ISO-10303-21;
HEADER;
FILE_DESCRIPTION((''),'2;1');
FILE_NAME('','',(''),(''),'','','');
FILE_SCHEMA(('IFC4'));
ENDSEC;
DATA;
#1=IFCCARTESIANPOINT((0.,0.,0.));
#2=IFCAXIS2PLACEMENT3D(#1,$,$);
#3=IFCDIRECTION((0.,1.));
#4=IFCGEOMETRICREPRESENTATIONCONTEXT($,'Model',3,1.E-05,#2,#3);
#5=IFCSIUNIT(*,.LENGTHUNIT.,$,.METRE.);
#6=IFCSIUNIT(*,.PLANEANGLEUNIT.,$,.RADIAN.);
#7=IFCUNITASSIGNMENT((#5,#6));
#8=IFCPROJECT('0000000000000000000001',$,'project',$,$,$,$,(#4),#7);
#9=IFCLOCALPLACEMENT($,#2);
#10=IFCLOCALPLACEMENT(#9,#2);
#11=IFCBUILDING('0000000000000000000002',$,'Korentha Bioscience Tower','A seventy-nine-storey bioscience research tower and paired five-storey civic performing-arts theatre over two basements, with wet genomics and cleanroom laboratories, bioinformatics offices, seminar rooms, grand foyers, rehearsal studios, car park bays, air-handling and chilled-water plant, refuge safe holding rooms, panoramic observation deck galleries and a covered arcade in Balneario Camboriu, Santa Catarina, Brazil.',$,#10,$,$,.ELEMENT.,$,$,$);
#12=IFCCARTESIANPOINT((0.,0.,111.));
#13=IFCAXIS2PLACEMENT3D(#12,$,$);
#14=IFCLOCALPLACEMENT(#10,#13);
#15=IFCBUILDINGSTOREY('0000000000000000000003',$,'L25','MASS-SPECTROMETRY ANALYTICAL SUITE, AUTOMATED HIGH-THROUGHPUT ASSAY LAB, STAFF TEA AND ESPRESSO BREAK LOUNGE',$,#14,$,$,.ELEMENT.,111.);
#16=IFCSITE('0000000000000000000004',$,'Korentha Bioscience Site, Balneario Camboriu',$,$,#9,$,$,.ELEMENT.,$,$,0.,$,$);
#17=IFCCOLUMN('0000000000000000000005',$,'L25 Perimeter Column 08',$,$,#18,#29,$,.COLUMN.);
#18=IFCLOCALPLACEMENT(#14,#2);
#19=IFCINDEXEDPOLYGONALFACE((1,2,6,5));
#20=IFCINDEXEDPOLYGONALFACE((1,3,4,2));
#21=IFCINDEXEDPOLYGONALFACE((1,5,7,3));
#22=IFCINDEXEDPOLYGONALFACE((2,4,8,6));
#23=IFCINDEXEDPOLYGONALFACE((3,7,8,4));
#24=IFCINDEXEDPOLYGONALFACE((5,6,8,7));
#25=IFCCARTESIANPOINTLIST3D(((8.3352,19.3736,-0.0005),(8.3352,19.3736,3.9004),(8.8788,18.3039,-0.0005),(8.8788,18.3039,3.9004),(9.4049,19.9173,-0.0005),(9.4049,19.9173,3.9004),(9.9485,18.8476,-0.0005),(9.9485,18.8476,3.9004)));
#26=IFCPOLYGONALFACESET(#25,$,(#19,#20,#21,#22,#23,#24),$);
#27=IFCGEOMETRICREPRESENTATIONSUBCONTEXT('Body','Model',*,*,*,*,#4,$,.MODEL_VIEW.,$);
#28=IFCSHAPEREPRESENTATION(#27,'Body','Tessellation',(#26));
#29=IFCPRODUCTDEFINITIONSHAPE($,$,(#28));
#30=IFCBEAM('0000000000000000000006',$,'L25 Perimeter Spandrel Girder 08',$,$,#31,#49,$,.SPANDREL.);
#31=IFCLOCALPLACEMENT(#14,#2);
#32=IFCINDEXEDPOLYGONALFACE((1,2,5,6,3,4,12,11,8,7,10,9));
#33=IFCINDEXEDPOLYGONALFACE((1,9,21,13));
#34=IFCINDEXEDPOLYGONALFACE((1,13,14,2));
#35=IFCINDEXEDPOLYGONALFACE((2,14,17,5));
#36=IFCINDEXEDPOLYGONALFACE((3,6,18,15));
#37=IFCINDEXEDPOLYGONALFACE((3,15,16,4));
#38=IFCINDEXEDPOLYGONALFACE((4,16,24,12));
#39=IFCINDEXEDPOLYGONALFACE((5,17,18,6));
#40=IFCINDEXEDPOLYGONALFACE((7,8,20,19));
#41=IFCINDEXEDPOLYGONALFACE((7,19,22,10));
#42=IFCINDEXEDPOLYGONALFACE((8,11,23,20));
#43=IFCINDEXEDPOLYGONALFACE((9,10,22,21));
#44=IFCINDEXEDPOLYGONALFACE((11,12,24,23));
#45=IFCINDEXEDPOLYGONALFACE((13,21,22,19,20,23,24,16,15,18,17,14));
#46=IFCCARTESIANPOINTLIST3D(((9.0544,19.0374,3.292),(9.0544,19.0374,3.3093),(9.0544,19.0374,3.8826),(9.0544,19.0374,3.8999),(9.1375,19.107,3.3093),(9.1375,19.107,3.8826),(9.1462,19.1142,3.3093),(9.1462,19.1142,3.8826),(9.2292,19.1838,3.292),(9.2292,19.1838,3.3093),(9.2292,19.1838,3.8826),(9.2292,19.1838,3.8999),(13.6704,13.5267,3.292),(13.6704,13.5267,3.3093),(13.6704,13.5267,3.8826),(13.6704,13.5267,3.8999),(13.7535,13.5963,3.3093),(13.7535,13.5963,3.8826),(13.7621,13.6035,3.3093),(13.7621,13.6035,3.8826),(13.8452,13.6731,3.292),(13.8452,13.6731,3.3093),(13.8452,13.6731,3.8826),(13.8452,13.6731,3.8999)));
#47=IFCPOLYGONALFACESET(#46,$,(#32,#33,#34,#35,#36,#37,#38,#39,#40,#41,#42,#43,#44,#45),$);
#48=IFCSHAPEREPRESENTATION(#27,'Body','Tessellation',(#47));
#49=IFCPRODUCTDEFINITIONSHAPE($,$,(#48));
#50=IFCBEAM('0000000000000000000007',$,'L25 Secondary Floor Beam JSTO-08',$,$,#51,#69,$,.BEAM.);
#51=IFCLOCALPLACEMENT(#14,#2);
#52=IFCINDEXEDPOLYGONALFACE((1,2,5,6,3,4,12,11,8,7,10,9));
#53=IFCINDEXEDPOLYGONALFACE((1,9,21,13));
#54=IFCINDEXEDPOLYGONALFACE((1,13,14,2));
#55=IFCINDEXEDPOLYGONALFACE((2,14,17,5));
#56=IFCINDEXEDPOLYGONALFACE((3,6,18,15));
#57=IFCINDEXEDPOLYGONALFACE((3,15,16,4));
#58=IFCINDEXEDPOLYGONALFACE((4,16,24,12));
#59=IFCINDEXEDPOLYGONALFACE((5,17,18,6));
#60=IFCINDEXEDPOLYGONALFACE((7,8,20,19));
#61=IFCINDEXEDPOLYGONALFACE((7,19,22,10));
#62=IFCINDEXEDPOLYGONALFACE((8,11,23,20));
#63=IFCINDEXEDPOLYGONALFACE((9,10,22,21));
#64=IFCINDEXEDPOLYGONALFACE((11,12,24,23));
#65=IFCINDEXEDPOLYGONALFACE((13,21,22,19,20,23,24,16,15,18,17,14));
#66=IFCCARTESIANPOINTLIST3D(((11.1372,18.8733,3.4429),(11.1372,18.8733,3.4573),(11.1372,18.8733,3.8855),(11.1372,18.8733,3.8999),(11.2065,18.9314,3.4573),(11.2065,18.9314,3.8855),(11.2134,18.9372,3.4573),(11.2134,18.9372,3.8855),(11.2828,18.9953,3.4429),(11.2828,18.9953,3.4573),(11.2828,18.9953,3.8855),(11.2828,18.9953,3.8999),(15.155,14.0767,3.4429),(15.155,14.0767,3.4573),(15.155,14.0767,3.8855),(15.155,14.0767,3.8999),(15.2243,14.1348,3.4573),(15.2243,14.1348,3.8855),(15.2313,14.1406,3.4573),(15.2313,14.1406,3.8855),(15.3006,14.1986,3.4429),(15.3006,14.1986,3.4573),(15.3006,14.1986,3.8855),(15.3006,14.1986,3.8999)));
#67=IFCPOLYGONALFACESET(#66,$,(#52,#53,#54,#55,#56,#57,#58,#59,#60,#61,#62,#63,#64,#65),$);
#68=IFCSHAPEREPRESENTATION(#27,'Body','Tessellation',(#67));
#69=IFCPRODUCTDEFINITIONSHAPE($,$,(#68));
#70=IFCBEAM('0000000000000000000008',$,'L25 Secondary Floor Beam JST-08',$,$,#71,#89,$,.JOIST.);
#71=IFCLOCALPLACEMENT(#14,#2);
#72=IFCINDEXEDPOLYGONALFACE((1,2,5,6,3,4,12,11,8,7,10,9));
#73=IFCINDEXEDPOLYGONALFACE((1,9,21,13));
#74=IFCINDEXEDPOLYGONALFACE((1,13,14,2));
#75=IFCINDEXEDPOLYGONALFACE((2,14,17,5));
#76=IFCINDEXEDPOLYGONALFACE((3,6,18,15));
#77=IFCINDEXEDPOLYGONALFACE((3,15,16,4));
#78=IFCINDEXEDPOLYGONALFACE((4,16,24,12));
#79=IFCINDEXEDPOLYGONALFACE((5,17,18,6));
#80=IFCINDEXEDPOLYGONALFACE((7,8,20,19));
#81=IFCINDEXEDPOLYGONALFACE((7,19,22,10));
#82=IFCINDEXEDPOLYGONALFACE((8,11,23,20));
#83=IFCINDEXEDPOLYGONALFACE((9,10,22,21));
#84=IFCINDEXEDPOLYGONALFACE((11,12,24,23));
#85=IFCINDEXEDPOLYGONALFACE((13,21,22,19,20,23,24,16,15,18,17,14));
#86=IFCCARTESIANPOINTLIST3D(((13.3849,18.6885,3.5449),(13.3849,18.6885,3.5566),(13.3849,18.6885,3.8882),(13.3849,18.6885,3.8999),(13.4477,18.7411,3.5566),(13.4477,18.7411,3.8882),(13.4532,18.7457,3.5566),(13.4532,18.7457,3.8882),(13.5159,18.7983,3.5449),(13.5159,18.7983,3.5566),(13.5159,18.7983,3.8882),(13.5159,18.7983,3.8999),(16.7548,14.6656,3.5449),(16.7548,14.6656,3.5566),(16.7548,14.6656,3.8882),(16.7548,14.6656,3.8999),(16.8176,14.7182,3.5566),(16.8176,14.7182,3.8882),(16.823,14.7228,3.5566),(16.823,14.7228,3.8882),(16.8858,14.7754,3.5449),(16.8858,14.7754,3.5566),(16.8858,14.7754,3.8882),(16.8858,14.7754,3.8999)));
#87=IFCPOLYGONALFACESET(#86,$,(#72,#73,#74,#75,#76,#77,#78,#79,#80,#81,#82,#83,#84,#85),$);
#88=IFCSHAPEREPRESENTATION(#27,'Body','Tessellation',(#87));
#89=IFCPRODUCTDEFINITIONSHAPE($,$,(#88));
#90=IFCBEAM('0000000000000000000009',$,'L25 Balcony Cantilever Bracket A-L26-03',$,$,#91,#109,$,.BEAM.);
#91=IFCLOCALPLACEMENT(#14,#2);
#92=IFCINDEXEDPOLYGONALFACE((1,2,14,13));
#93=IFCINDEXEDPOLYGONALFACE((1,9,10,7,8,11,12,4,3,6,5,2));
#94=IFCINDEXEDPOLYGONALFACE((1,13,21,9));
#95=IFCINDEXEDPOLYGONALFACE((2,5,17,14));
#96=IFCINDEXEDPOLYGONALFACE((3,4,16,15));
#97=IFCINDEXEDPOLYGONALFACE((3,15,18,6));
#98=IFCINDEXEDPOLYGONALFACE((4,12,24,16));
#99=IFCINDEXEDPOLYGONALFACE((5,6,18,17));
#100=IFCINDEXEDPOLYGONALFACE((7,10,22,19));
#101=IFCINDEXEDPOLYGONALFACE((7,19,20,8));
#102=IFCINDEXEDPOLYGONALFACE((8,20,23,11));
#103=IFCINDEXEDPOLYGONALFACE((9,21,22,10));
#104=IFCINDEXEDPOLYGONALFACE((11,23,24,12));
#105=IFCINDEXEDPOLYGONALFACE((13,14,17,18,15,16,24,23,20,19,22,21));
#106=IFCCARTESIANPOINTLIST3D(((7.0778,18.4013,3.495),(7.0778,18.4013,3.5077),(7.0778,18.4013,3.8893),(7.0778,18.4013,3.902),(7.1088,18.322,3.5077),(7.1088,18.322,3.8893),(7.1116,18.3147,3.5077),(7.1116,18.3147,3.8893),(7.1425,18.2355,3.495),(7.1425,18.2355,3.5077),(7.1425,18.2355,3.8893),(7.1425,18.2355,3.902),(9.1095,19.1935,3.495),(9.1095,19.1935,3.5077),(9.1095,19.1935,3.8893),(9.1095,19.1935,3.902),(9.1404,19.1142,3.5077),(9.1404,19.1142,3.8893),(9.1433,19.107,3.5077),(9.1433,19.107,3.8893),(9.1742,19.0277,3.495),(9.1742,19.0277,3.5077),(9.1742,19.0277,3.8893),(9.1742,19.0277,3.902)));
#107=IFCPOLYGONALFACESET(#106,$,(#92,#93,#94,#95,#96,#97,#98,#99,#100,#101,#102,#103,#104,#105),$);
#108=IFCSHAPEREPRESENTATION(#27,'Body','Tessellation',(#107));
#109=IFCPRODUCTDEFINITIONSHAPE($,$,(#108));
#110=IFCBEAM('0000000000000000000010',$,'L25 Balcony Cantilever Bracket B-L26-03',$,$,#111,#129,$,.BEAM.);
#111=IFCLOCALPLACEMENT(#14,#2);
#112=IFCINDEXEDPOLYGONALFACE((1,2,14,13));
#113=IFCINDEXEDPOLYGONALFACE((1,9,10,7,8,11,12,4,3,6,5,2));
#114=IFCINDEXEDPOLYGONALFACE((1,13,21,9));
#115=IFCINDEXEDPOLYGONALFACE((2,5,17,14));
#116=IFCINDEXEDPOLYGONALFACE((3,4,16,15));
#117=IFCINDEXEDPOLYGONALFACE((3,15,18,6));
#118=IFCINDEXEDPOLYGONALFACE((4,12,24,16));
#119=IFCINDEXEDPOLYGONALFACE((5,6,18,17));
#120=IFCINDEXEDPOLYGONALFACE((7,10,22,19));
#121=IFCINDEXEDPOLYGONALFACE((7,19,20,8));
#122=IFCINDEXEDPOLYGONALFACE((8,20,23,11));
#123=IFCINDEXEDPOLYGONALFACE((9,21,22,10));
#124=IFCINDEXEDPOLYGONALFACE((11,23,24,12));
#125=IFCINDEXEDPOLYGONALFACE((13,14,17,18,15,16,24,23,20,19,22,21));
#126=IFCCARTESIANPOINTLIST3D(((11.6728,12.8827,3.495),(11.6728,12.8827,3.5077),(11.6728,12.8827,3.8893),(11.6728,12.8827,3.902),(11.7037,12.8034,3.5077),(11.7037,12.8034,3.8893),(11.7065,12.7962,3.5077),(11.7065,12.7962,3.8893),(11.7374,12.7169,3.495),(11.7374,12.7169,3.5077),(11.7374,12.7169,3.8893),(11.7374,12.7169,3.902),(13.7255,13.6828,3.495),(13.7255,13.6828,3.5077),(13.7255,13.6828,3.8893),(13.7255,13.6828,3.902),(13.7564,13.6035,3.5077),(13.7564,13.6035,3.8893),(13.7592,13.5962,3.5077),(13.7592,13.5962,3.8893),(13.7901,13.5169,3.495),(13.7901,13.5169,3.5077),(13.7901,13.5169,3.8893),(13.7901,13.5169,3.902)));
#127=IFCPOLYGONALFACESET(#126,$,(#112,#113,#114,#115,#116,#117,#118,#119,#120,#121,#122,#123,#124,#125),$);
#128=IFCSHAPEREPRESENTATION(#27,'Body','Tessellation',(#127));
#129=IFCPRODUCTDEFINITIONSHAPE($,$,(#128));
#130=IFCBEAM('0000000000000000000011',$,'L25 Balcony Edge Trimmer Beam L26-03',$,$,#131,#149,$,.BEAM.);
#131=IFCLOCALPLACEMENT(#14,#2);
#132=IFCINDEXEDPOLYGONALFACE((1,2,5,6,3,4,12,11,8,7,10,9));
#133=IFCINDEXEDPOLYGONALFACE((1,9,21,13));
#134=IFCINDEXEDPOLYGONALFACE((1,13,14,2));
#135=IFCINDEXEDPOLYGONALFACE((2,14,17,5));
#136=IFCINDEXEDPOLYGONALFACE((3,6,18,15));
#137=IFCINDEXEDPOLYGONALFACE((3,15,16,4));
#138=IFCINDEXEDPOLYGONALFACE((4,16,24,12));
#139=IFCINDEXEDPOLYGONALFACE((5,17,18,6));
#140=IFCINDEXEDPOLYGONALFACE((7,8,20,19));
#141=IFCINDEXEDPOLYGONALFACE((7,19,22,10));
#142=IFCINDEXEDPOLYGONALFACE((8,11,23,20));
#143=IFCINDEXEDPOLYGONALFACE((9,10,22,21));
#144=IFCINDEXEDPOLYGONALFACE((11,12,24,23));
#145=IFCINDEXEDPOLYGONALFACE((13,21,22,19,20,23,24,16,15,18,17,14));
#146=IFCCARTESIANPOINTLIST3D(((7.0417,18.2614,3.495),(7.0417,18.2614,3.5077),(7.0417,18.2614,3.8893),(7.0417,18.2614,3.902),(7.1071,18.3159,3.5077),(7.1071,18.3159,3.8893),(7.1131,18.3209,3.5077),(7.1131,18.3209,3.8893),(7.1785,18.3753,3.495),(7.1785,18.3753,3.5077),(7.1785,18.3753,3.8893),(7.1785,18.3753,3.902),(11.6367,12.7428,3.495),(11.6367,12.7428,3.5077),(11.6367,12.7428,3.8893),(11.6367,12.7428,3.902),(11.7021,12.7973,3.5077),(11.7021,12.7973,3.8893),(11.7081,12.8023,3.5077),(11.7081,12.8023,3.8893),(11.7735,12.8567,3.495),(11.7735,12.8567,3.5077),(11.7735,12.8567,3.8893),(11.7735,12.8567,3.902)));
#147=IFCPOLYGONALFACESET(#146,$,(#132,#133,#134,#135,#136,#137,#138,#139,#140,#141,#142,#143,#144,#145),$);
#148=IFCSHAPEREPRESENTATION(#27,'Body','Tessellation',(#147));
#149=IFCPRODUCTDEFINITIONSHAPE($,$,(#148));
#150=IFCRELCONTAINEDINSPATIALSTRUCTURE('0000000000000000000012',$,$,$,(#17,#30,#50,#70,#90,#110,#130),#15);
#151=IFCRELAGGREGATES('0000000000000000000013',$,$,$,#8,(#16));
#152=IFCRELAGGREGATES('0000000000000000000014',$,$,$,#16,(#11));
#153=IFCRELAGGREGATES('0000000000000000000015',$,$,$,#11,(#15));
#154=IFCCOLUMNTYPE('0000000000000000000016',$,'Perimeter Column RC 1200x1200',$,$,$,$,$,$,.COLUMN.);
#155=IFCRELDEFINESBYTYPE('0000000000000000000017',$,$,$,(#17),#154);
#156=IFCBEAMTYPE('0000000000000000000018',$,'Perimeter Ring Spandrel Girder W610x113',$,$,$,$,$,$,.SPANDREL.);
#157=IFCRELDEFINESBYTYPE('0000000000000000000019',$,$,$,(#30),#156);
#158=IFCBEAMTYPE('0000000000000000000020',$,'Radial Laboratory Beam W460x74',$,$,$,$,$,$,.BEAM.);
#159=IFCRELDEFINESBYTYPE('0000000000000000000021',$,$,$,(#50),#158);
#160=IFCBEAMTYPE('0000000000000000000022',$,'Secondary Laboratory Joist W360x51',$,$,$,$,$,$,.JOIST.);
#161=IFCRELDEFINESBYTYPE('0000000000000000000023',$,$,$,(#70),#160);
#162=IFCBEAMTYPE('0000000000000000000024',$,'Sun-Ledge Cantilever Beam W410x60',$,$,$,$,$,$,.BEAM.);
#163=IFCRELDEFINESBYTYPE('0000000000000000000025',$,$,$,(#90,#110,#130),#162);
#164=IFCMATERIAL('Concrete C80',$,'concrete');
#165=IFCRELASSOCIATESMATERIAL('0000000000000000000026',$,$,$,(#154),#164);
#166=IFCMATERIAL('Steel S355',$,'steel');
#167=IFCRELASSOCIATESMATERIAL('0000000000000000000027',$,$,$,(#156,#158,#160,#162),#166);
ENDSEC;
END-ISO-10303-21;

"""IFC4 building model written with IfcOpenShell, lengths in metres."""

from ifc_helpers import new_model, si_unit, direction, frame, origin, origin_2d, place, context, subcontext, project, spatial, rectangle, i_section, extrude, material, material_profile, profile_set, type_object, element, save


model = new_model("IFC4")

# Units and contexts
model_context = context("Model", 3, precision=1e-05, world=origin(), true_north=direction((0.0, 1.0)))
body_context = subcontext(model_context, "Body", "Model", "MODEL_VIEW")
ifc_project = project(units=[si_unit("LENGTHUNIT", "METRE"), si_unit("PLANEANGLEUNIT", "RADIAN")], contexts=[model_context])

# Site, building, storey
site_placement = place(None, origin())
site = spatial("IfcSite", under=ifc_project, at=site_placement, Name="Korentha Bioscience Site, Balneario Camboriu", CompositionType="ELEMENT", RefElevation=0.0)
building_placement = place(site_placement, origin())
building = spatial("IfcBuilding", under=site, at=building_placement, Name="Korentha Bioscience Tower", Description="A seventy-nine-storey bioscience research tower and paired five-storey civic performing-arts theatre over two basements, with wet genomics and cleanroom laboratories, bioinformatics offices, seminar rooms, grand foyers, rehearsal studios, car park bays, air-handling and chilled-water plant, refuge safe holding rooms, panoramic observation deck galleries and a covered arcade in Balneario Camboriu, Santa Catarina, Brazil.", CompositionType="ELEMENT")
storey_placement = place(building_placement, frame((0.0, 0.0, 111.0)))
storey = spatial("IfcBuildingStorey", under=building, at=storey_placement, Name="L25", Description="MASS-SPECTROMETRY ANALYTICAL SUITE, AUTOMATED HIGH-THROUGHPUT ASSAY LAB, STAFF TEA AND ESPRESSO BREAK LOUNGE", CompositionType="ELEMENT", Elevation=111.0)

# Column
ifc_material_1 = material(Name="Concrete C80", Category="concrete")
ifc_material_profile_1 = material_profile(ifc_material_1, rectangle(XDim=1.2, YDim=1.2, at=origin_2d()), Name="Concrete C80")
ifc_profile_set_1 = profile_set([ifc_material_profile_1], Name="Concrete C80 (COL-P12)")
column_type = type_object("IfcColumnType", Name="Perimeter Column RC 1200x1200", PredefinedType="COLUMN", material=ifc_profile_set_1)
column_placement = place(storey_placement, frame((9.1418, 19.1106, -0.0005), z_axis=(0.0, 0.0, 1.0), x_axis=(-0.453057, 0.891481, 0.0)))
element("IfcColumn", 1, at=column_placement, inside=storey, type_object=column_type, Name="L25 Perimeter Column 08", PredefinedType="COLUMN", context=body_context, shape_type="SweptSolid", body=[
    extrude(rectangle(XDim=1.2, YDim=1.2, at=origin_2d()), origin(), (0.0, 0.0, 1.0), 3.9009),
])

# Beams
ifc_material_2 = material(Name="Steel S355", Category="steel")
ifc_material_profile_2 = material_profile(ifc_material_2, i_section(OverallWidth=0.228, OverallDepth=0.6079, WebThickness=0.0112, FlangeThickness=0.0173, at=origin_2d()), Name="Steel S355")
ifc_profile_set_2 = profile_set([ifc_material_profile_2], Name="Steel S355 (SB-610)")
beam_type_1 = type_object("IfcBeamType", Name="Perimeter Ring Spandrel Girder W610x113", PredefinedType="SPANDREL", material=ifc_profile_set_2)
beam_1_placement = place(storey_placement, frame((9.1418, 19.1106, 3.5959), z_axis=(0.642127, -0.766599, 0.0), x_axis=(0.766599, 0.642127, 0.0)))
element("IfcBeam", 2, at=beam_1_placement, inside=storey, type_object=beam_type_1, Name="L25 Perimeter Spandrel Girder 08", PredefinedType="SPANDREL", context=body_context, shape_type="SweptSolid", body=[
    extrude(i_section(OverallWidth=0.228, OverallDepth=0.6079, WebThickness=0.0112, FlangeThickness=0.0173, at=origin_2d()), origin(), (0.0, 0.0, 1.0), 7.1885),
])
ifc_material_profile_3 = material_profile(ifc_material_2, i_section(OverallWidth=0.1899, OverallDepth=0.457, WebThickness=0.009, FlangeThickness=0.0144, at=origin_2d()), Name="Steel S355")
ifc_profile_set_3 = profile_set([ifc_material_profile_3], Name="Steel S355 (RB-460)")
beam_type_2 = type_object("IfcBeamType", Name="Radial Laboratory Beam W460x74", PredefinedType="BEAM", material=ifc_profile_set_3)
beam_2_placement = place(storey_placement, frame((11.21, 18.9343, 3.6714), z_axis=(0.642128, -0.766597, 0.0), x_axis=(0.766597, 0.642128, 0.0)))
element("IfcBeam", 3, at=beam_2_placement, inside=storey, type_object=beam_type_2, Name="L25 Secondary Floor Beam JSTO-08", PredefinedType="BEAM", context=body_context, shape_type="SweptSolid", body=[
    extrude(i_section(OverallWidth=0.1899, OverallDepth=0.457, WebThickness=0.009, FlangeThickness=0.0144, at=origin_2d()), origin(), (0.0, 0.0, 1.0), 6.2571),
])
ifc_material_profile_4 = material_profile(ifc_material_2, i_section(OverallWidth=0.1709, OverallDepth=0.355, WebThickness=0.0071, FlangeThickness=0.0117, at=origin_2d()), Name="Steel S355")
ifc_profile_set_4 = profile_set([ifc_material_profile_4], Name="Steel S355 (JB-360)")
beam_type_3 = type_object("IfcBeamType", Name="Secondary Laboratory Joist W360x51", PredefinedType="JOIST", material=ifc_profile_set_4)
beam_3_placement = place(storey_placement, frame((13.4504, 18.7434, 3.7224), z_axis=(0.642141, -0.766587, 0.0), x_axis=(0.766587, 0.642141, 0.0)))
element("IfcBeam", 4, at=beam_3_placement, inside=storey, type_object=beam_type_3, Name="L25 Secondary Floor Beam JST-08", PredefinedType="JOIST", context=body_context, shape_type="SweptSolid", body=[
    extrude(i_section(OverallWidth=0.1709, OverallDepth=0.355, WebThickness=0.0071, FlangeThickness=0.0117, at=origin_2d()), origin(), (0.0, 0.0, 1.0), 5.2478),
])
ifc_material_profile_5 = material_profile(ifc_material_2, i_section(OverallWidth=0.178, OverallDepth=0.407, WebThickness=0.0078, FlangeThickness=0.0127, at=origin_2d()), Name="Steel S355")
ifc_profile_set_5 = profile_set([ifc_material_profile_5], Name="Steel S355 (CB-410)")
beam_type_4 = type_object("IfcBeamType", Name="Sun-Ledge Cantilever Beam W410x60", PredefinedType="BEAM", material=ifc_profile_set_5)
beam_4_placement = place(storey_placement, frame((9.1418, 19.1106, 3.6985), z_axis=(-0.931677, -0.363289, 0.0), x_axis=(0.363289, -0.931677, 0.0)))
element("IfcBeam", 5, at=beam_4_placement, inside=storey, type_object=beam_type_4, Name="L25 Balcony Cantilever Bracket A-L26-03", PredefinedType="BEAM", context=body_context, shape_type="SweptSolid", body=[
    extrude(i_section(OverallWidth=0.178, OverallDepth=0.407, WebThickness=0.0078, FlangeThickness=0.0127, at=origin_2d()), origin(), (0.0, 0.0, 1.0), 2.1807),
])
beam_5_placement = place(storey_placement, frame((13.7578, 13.5999, 3.6985), z_axis=(-0.931734, -0.363141, 0.0), x_axis=(0.363141, -0.931734, 0.0)))
element("IfcBeam", 6, at=beam_5_placement, inside=storey, type_object=beam_type_4, Name="L25 Balcony Cantilever Bracket B-L26-03", PredefinedType="BEAM", context=body_context, shape_type="SweptSolid", body=[
    extrude(i_section(OverallWidth=0.178, OverallDepth=0.407, WebThickness=0.0078, FlangeThickness=0.0127, at=origin_2d()), origin(), (0.0, 0.0, 1.0), 2.2031),
])
beam_6_placement = place(storey_placement, frame((7.1101, 18.3184, 3.6985), z_axis=(0.63987, -0.768483, 0.0), x_axis=(0.768483, 0.63987, 0.0)))
element("IfcBeam", 7, at=beam_6_placement, inside=storey, type_object=beam_type_4, Name="L25 Balcony Edge Trimmer Beam L26-03", PredefinedType="BEAM", context=body_context, shape_type="SweptSolid", body=[
    extrude(i_section(OverallWidth=0.178, OverallDepth=0.407, WebThickness=0.0078, FlangeThickness=0.0127, at=origin_2d()), origin(), (0.0, 0.0, 1.0), 7.1812),
])

save(model, "model.ifc")
